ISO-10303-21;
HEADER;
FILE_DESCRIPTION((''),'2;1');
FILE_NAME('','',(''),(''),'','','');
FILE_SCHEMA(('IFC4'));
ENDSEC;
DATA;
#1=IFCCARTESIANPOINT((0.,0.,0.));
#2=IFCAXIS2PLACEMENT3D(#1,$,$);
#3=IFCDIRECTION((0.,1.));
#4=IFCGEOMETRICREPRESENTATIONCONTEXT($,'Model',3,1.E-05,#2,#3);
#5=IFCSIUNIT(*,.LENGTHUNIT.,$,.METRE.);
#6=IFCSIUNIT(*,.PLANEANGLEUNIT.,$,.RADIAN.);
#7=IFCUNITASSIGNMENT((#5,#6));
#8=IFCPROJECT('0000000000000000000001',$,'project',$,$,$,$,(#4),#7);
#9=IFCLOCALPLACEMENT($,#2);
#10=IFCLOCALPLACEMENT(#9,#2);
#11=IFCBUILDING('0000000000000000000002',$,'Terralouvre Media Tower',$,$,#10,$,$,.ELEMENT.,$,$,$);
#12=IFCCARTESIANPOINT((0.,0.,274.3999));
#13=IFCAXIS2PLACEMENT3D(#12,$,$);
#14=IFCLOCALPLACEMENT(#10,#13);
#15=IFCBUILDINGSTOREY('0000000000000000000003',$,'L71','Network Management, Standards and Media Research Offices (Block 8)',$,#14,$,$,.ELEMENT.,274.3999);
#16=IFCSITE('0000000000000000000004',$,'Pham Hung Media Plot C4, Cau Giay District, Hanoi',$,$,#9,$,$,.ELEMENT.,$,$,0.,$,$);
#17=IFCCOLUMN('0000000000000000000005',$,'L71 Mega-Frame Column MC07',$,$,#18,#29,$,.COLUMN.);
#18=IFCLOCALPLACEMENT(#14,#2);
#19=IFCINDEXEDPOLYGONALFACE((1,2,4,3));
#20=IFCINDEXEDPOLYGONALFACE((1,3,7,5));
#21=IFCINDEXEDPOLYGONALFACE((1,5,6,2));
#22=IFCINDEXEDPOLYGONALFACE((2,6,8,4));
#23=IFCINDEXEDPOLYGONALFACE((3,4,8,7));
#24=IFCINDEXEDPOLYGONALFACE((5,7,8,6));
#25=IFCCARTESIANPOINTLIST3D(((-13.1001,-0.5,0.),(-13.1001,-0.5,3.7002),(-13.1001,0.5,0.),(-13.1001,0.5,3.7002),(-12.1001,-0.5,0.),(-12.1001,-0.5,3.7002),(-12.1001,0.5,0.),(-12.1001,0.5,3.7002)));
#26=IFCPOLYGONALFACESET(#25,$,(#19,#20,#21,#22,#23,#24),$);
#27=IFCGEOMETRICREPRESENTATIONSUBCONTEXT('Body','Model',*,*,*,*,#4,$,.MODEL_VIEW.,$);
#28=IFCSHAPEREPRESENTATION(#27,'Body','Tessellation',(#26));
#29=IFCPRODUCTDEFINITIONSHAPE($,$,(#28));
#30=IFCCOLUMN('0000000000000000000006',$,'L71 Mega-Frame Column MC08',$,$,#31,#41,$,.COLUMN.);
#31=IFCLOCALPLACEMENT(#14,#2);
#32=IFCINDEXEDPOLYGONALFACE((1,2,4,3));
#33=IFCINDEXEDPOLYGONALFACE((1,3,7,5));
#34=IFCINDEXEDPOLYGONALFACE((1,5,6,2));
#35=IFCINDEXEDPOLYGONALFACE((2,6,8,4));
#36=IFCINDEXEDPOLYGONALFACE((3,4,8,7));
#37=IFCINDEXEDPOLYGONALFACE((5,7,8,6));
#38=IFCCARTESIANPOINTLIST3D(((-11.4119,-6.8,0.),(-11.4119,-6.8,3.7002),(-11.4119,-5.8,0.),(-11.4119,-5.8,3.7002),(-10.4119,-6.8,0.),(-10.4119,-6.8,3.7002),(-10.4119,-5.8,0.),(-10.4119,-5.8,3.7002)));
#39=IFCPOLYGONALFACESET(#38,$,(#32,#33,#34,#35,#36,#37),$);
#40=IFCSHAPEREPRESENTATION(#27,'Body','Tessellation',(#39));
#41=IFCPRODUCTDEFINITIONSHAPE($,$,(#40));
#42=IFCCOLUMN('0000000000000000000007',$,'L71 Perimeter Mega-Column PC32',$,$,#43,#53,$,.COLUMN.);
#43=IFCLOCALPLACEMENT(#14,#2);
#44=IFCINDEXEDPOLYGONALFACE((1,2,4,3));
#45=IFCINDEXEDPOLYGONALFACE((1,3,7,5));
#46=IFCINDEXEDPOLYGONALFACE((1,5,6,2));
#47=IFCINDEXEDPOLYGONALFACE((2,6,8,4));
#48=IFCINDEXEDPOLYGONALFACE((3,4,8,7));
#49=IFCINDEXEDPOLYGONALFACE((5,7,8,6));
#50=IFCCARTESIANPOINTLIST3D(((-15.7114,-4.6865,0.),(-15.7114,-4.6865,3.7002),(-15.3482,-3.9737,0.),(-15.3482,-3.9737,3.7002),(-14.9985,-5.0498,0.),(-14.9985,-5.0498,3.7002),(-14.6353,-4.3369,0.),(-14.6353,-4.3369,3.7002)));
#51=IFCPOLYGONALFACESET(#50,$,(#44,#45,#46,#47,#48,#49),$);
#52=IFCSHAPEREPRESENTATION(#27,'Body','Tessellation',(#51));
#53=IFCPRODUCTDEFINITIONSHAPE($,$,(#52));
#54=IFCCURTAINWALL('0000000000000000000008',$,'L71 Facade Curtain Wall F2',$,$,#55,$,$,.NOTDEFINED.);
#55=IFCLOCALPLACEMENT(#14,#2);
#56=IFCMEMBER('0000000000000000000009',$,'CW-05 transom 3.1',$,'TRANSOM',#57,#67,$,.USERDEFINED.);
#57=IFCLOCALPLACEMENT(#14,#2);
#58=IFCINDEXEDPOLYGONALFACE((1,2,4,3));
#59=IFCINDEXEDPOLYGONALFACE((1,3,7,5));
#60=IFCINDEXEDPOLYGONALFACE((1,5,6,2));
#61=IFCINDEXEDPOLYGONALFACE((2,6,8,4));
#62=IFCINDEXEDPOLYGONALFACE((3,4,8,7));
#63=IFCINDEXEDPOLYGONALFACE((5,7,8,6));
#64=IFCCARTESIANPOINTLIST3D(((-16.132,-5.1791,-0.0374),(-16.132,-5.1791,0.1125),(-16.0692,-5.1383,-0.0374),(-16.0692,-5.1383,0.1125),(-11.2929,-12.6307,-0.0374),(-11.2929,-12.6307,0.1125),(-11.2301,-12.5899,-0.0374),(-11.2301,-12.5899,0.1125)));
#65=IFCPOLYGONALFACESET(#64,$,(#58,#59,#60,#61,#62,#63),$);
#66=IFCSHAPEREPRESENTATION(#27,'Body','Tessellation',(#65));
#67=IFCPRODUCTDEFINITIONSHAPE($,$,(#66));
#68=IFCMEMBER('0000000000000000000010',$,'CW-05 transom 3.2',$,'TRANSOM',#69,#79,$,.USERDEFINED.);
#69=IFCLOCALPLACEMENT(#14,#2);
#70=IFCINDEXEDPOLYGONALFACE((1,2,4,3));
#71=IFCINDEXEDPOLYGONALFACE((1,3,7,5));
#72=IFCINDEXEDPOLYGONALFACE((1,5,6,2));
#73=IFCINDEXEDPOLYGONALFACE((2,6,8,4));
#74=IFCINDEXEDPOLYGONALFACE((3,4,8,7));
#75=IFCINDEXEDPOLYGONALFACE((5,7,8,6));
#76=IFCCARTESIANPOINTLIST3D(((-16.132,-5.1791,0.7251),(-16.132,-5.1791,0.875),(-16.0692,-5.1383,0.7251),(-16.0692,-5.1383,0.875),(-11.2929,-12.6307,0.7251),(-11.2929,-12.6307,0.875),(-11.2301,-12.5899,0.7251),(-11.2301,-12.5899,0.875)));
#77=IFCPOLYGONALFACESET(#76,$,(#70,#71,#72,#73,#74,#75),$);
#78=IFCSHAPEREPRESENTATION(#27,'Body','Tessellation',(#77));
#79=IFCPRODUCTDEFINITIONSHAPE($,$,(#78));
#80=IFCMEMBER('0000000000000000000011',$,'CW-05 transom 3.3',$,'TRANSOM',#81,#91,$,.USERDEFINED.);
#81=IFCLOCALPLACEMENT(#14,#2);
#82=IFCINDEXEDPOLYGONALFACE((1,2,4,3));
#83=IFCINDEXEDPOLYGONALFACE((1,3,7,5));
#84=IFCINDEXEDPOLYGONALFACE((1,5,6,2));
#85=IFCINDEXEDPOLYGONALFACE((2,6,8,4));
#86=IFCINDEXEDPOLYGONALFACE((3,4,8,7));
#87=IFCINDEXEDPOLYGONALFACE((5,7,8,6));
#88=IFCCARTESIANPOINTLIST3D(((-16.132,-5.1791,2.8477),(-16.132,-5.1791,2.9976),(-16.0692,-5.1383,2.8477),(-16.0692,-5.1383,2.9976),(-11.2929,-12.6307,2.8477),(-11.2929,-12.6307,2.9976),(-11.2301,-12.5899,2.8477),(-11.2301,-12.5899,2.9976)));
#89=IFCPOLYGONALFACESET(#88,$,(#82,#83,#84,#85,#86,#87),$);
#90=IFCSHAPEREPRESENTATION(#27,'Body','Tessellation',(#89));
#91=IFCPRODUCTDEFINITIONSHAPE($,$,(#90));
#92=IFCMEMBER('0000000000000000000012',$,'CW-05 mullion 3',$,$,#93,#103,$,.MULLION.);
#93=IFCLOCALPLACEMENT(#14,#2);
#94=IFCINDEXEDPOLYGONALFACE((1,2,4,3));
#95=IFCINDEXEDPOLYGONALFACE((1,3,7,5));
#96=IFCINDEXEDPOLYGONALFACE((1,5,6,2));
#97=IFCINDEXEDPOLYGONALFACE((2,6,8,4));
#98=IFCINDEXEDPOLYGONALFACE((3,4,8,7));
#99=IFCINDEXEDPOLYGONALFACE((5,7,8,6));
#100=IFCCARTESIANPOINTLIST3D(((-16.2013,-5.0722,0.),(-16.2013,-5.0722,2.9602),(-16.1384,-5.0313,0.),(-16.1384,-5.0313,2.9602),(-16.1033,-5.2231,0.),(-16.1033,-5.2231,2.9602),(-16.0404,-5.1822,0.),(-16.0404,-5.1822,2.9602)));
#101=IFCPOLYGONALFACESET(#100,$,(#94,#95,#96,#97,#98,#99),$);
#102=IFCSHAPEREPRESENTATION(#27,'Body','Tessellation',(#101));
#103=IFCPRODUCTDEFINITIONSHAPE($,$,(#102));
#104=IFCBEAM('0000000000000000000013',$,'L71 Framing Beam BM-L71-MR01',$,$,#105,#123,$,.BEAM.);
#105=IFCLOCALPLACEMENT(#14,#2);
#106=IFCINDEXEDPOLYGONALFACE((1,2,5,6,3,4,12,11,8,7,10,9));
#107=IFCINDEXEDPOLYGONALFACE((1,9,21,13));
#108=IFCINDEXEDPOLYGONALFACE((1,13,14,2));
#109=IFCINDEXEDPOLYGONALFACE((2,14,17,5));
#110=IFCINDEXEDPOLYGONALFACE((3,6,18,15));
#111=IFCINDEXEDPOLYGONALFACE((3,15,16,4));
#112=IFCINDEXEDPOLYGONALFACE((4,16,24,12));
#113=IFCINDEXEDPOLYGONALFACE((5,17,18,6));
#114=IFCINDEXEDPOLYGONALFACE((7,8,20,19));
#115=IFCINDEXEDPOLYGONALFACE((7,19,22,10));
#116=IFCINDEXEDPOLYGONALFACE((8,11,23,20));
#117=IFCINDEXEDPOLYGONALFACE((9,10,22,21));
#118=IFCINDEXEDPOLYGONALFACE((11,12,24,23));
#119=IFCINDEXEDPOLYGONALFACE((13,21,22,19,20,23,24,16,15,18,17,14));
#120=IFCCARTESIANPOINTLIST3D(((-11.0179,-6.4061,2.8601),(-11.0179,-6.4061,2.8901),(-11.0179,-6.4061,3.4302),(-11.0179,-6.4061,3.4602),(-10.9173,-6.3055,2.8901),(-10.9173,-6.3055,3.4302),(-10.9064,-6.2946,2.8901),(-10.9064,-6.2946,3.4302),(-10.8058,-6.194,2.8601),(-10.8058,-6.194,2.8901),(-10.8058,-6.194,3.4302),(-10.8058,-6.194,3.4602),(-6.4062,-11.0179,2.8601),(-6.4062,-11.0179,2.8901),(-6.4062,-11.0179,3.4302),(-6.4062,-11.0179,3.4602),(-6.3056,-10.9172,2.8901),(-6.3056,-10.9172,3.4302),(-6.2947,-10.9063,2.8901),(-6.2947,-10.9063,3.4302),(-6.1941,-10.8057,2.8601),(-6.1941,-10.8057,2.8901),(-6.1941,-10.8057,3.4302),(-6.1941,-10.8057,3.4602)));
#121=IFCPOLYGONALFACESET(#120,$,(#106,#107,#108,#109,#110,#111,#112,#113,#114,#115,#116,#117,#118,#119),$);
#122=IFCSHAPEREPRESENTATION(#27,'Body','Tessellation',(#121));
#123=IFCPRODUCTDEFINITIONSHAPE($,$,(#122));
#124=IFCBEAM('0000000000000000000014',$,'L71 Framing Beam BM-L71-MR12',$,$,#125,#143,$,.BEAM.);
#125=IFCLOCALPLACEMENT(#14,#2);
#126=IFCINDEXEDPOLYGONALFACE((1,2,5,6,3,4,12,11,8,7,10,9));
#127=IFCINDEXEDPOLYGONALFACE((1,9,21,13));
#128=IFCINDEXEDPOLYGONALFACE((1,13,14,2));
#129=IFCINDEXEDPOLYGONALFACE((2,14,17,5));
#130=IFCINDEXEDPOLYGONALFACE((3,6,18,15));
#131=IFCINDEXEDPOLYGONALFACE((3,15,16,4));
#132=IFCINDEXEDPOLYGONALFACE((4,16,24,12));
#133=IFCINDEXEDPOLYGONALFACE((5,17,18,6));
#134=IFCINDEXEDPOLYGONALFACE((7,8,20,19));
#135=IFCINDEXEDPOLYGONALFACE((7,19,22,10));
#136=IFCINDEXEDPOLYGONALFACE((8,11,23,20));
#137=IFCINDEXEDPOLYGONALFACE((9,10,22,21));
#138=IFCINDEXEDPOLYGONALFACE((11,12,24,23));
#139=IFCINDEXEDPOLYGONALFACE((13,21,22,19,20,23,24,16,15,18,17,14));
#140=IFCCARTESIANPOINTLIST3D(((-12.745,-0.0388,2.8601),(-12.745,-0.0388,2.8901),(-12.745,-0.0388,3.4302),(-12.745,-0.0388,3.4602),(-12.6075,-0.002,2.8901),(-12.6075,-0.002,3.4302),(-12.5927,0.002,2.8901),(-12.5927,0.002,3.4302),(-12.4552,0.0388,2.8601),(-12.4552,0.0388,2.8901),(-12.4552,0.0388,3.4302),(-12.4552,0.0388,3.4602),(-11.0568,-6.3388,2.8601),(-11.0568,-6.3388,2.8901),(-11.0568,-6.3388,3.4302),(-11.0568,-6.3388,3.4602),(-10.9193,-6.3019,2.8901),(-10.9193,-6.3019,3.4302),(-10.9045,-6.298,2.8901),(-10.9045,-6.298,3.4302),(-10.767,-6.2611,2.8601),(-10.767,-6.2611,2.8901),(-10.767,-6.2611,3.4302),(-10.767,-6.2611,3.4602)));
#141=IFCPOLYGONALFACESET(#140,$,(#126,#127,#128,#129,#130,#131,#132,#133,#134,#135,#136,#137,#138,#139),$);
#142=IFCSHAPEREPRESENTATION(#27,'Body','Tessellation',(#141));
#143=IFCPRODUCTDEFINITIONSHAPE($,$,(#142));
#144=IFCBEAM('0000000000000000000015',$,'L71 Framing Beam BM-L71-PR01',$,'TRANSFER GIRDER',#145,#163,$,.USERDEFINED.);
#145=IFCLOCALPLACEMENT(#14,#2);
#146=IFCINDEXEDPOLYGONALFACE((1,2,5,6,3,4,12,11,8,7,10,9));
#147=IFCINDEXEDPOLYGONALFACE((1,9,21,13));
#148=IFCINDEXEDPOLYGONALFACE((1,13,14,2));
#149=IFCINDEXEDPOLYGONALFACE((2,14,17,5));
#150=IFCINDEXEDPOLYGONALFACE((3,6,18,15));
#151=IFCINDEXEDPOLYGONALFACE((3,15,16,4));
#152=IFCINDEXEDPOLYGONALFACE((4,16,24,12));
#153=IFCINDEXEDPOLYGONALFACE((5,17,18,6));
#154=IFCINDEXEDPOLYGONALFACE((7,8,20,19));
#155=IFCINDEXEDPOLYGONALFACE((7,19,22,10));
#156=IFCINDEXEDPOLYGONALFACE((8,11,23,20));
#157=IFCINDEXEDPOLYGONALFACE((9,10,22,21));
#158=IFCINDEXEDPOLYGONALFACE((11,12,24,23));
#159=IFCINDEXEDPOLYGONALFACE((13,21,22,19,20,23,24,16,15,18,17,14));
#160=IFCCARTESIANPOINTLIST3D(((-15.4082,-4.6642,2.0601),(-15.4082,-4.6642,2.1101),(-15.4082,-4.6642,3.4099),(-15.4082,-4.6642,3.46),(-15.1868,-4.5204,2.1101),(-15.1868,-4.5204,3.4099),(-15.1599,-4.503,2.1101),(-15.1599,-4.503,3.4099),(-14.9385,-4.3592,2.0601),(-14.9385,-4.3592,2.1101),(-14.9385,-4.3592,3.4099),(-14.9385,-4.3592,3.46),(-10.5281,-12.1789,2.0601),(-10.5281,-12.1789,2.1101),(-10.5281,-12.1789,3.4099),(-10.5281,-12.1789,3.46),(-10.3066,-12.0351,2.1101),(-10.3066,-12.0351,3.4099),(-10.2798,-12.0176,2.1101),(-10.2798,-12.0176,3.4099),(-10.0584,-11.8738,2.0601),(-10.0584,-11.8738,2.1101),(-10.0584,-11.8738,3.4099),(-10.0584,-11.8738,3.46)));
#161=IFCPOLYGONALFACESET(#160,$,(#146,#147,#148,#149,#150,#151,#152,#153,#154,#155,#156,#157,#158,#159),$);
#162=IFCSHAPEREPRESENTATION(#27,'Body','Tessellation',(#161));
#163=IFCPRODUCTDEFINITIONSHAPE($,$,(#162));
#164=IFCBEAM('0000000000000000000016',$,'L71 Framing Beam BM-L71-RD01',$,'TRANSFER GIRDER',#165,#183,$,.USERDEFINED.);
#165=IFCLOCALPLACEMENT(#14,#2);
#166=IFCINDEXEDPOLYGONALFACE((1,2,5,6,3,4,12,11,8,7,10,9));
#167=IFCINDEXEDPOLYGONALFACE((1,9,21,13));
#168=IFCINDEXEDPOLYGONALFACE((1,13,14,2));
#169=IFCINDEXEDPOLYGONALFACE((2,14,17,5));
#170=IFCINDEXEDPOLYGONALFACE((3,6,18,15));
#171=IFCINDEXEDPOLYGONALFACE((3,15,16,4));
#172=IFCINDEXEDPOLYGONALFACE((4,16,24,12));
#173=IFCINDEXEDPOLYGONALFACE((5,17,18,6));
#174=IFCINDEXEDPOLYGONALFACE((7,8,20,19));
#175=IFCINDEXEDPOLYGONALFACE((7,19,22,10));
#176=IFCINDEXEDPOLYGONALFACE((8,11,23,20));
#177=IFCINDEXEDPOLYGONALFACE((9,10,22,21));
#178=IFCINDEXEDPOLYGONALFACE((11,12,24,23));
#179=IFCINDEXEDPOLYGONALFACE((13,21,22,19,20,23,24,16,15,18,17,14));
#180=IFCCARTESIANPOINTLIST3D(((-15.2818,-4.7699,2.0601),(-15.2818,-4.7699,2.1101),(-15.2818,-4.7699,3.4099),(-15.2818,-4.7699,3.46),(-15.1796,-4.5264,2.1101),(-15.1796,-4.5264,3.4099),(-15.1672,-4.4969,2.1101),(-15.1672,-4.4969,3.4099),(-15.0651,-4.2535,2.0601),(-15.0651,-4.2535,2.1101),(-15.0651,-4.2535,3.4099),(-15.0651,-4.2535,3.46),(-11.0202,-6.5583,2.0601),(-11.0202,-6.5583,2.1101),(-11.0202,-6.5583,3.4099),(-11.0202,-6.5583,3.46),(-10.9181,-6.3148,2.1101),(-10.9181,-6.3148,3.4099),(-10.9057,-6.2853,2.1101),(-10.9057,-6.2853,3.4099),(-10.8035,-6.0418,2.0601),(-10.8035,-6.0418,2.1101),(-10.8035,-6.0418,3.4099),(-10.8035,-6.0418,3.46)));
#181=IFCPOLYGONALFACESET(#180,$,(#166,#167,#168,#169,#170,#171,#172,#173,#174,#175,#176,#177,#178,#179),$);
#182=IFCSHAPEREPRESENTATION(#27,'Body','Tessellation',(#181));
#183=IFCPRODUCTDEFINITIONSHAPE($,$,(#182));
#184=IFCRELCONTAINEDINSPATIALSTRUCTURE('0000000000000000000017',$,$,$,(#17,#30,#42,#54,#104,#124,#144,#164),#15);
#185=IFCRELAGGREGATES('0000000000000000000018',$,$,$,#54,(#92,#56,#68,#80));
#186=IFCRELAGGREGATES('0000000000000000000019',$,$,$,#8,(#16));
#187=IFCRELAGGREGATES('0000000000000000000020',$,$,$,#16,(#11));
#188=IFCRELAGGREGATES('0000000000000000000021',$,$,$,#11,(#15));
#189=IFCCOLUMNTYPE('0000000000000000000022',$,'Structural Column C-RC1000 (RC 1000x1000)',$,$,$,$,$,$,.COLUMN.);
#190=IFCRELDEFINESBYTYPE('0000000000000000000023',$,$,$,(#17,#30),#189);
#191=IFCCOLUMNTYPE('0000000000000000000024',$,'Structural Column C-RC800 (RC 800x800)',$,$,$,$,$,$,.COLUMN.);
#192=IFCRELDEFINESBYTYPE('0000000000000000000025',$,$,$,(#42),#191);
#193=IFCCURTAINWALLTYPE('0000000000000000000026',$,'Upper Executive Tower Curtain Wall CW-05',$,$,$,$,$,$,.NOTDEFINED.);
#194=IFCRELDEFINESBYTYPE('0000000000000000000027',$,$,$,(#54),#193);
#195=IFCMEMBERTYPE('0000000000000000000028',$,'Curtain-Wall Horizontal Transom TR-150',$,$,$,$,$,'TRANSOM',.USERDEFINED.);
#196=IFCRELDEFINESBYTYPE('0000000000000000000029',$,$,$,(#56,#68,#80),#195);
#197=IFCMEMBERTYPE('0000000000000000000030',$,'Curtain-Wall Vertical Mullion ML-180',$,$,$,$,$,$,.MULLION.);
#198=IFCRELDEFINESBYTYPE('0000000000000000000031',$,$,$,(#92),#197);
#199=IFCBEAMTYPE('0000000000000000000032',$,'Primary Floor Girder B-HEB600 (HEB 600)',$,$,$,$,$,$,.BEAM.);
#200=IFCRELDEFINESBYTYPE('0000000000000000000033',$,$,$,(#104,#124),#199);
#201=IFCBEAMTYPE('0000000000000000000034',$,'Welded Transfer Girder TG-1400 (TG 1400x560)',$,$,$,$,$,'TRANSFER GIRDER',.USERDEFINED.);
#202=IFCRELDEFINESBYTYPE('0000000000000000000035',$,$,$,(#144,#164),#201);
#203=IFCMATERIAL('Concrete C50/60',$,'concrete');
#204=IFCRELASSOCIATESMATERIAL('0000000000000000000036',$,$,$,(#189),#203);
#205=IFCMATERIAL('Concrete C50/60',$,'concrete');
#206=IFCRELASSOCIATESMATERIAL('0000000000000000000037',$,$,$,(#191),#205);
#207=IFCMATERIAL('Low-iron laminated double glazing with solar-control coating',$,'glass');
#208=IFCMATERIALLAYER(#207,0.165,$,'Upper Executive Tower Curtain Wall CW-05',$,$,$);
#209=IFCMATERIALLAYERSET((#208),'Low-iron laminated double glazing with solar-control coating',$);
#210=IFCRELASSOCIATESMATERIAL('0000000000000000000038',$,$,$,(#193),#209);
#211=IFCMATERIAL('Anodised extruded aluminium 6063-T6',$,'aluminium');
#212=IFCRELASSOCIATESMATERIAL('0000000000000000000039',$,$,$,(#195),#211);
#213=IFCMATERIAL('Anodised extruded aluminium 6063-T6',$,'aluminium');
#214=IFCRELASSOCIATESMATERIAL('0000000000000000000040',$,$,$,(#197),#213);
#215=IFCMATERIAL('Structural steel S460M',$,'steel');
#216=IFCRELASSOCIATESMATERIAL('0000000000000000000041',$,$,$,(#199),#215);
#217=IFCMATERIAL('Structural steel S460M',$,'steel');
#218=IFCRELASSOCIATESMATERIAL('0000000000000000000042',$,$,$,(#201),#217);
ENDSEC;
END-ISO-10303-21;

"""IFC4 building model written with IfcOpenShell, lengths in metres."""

from ifc_helpers import new_model, si_unit, direction, frame, origin, origin_2d, place, context, subcontext, project, spatial, rectangle, i_section, extrude, material, layer, layer_set, material_profile, profile_set, type_object, element, aggregate, save


model = new_model("IFC4")

# Units and contexts
model_context = context("Model", 3, precision=1e-05, world=origin(), true_north=direction((0.0, 1.0)))
body_context = subcontext(model_context, "Body", "Model", "MODEL_VIEW")
ifc_project = project(units=[si_unit("LENGTHUNIT", "METRE"), si_unit("PLANEANGLEUNIT", "RADIAN")], contexts=[model_context])

# Site, building, storey
site_placement = place(None, origin())
site = spatial("IfcSite", under=ifc_project, at=site_placement, Name="Pham Hung Media Plot C4, Cau Giay District, Hanoi", CompositionType="ELEMENT", RefElevation=0.0)
building_placement = place(site_placement, origin())
building = spatial("IfcBuilding", under=site, at=building_placement, Name="Terralouvre Media Tower", CompositionType="ELEMENT")
storey_placement = place(building_placement, frame((0.0, 0.0, 274.3999)))
storey = spatial("IfcBuildingStorey", under=building, at=storey_placement, Name="L71", Description="Network Management, Standards and Media Research Offices (Block 8)", CompositionType="ELEMENT", Elevation=274.3999)

# Columns
ifc_material_1 = material(Name="Concrete C50/60", Category="concrete")
ifc_material_profile_1 = material_profile(ifc_material_1, rectangle(XDim=1.0, YDim=1.0, at=origin_2d()), Name="RC 1000x1000")
ifc_profile_set_1 = profile_set([ifc_material_profile_1], Name="Concrete C50/60")
column_type_1 = type_object("IfcColumnType", Name="Structural Column C-RC1000 (RC 1000x1000)", PredefinedType="COLUMN", material=ifc_profile_set_1)
for number, where, z_axis, x_axis, name in (
    (1, (-12.6001, 0.0, 0.0), (0.0, 0.0, 1.0), (1.0, 0.0, 0.0), "L71 Mega-Frame Column MC07"),
    (2, (-10.9119, -6.3, 0.0), (0.0, 0.0, 1.0), (1.0, 0.0, 0.0), "L71 Mega-Frame Column MC08"),
):
    element("IfcColumn", number, at=place(storey_placement, frame(where, z_axis=z_axis, x_axis=x_axis)), inside=storey, type_object=column_type_1, Name=name, PredefinedType="COLUMN", context=body_context, shape_type="SweptSolid", body=[
        extrude(rectangle(XDim=1.0, YDim=1.0, at=origin_2d()), origin(), (0.0, 0.0, 1.0), 3.7002),
    ])
ifc_material_2 = material(Name="Concrete C50/60", Category="concrete")
ifc_material_profile_2 = material_profile(ifc_material_2, rectangle(XDim=0.8, YDim=0.8, at=origin_2d()), Name="RC 800x800")
ifc_profile_set_2 = profile_set([ifc_material_profile_2], Name="Concrete C50/60")
column_type_2 = type_object("IfcColumnType", Name="Structural Column C-RC800 (RC 800x800)", PredefinedType="COLUMN", material=ifc_profile_set_2)
column_placement = place(storey_placement, frame((-15.1733, -4.5117, 0.0), z_axis=(0.0, 0.0, 1.0), x_axis=(0.45399, 0.891007, 0.0)))
element("IfcColumn", 3, at=column_placement, inside=storey, type_object=column_type_2, Name="L71 Perimeter Mega-Column PC32", PredefinedType="COLUMN", context=body_context, shape_type="SweptSolid", body=[
    extrude(rectangle(XDim=0.8, YDim=0.8, at=origin_2d()), origin(), (0.0, 0.0, 1.0), 3.7002),
])

# Curtain wall, members
ifc_material_3 = material(Name="Low-iron laminated double glazing with solar-control coating", Category="glass")
ifc_layer_1 = layer(ifc_material_3, 0.165, Name="Upper Executive Tower Curtain Wall CW-05")
ifc_layer_set_1 = layer_set([ifc_layer_1], Name="Low-iron laminated double glazing with solar-control coating")
curtain_wall_type = type_object("IfcCurtainWallType", Name="Upper Executive Tower Curtain Wall CW-05", PredefinedType="NOTDEFINED", material=ifc_layer_set_1)
curtain_wall_placement = place(storey_placement, origin())
curtain_wall = element("IfcCurtainWall", 4, at=curtain_wall_placement, inside=storey, type_object=curtain_wall_type, Name="L71 Facade Curtain Wall F2", PredefinedType="NOTDEFINED")
ifc_material_4 = material(Name="Anodised extruded aluminium 6063-T6", Category="aluminium")
ifc_material_profile_3 = material_profile(ifc_material_4, rectangle(XDim=0.075, YDim=0.1499, at=origin_2d()), Name="ALU 75x150")
ifc_profile_set_3 = profile_set([ifc_material_profile_3], Name="Anodised extruded aluminium 6063-T6")
member_type_1 = type_object("IfcMemberType", Name="Curtain-Wall Horizontal Transom TR-150", ElementType="TRANSOM", PredefinedType="USERDEFINED", material=ifc_profile_set_3)
member_1_placement = place(storey_placement, frame((-16.1006, -5.1587, 0.0376), z_axis=(0.544635, -0.838673, 0.0), x_axis=(0.838673, 0.544635, 0.0)))
member_1 = element("IfcMember", 5, at=member_1_placement, type_object=member_type_1, Name="CW-05 transom 3.1", ObjectType="TRANSOM", PredefinedType="USERDEFINED", context=body_context, shape_type="SweptSolid", body=[
    extrude(rectangle(XDim=0.075, YDim=0.1499, at=origin_2d()), origin(), (0.0, 0.0, 1.0), 8.885),
])
member_2_placement = place(storey_placement, frame((-16.1006, -5.1587, 0.8), z_axis=(0.544635, -0.838673, 0.0), x_axis=(0.838673, 0.544635, 0.0)))
member_2 = element("IfcMember", 6, at=member_2_placement, type_object=member_type_1, Name="CW-05 transom 3.2", ObjectType="TRANSOM", PredefinedType="USERDEFINED", context=body_context, shape_type="SweptSolid", body=[
    extrude(rectangle(XDim=0.075, YDim=0.1499, at=origin_2d()), origin(), (0.0, 0.0, 1.0), 8.885),
])
member_3_placement = place(storey_placement, frame((-16.1006, -5.1587, 2.9226), z_axis=(0.544635, -0.838673, 0.0), x_axis=(0.838673, 0.544635, 0.0)))
member_3 = element("IfcMember", 7, at=member_3_placement, type_object=member_type_1, Name="CW-05 transom 3.3", ObjectType="TRANSOM", PredefinedType="USERDEFINED", context=body_context, shape_type="SweptSolid", body=[
    extrude(rectangle(XDim=0.075, YDim=0.1499, at=origin_2d()), origin(), (0.0, 0.0, 1.0), 8.885),
])
ifc_material_5 = material(Name="Anodised extruded aluminium 6063-T6", Category="aluminium")
ifc_material_profile_4 = material_profile(ifc_material_5, rectangle(XDim=0.075, YDim=0.1799, at=origin_2d()), Name="ALU 75x180")
ifc_profile_set_4 = profile_set([ifc_material_profile_4], Name="Anodised extruded aluminium 6063-T6")
member_type_2 = type_object("IfcMemberType", Name="Curtain-Wall Vertical Mullion ML-180", PredefinedType="MULLION", material=ifc_profile_set_4)
member_4_placement = place(storey_placement, frame((-16.1208, -5.1272, 0.0), z_axis=(0.0, 0.0, 1.0), x_axis=(0.838671, 0.544639, 0.0)))
member_4 = element("IfcMember", 8, at=member_4_placement, type_object=member_type_2, Name="CW-05 mullion 3", PredefinedType="MULLION", context=body_context, shape_type="SweptSolid", body=[
    extrude(rectangle(XDim=0.075, YDim=0.1799, at=origin_2d()), origin(), (0.0, 0.0, 1.0), 2.9602),
])

# Beams
ifc_material_6 = material(Name="Structural steel S460M", Category="steel")
ifc_material_profile_5 = material_profile(ifc_material_6, i_section(OverallWidth=0.3, OverallDepth=0.6001, WebThickness=0.0154, FlangeThickness=0.03, at=origin_2d()), Name="HEB 600")
ifc_profile_set_5 = profile_set([ifc_material_profile_5], Name="Structural steel S460M")
beam_type_1 = type_object("IfcBeamType", Name="Primary Floor Girder B-HEB600 (HEB 600)", PredefinedType="BEAM", material=ifc_profile_set_5)
beam_1_placement = place(storey_placement, frame((-10.9119, -6.3, 3.1602), z_axis=(0.707107, -0.707107, 0.0), x_axis=(0.707107, 0.707107, 0.0)))
element("IfcBeam", 9, at=beam_1_placement, inside=storey, type_object=beam_type_1, Name="L71 Framing Beam BM-L71-MR01", PredefinedType="BEAM", context=body_context, shape_type="SweptSolid", body=[
    extrude(i_section(OverallWidth=0.3, OverallDepth=0.6001, WebThickness=0.0154, FlangeThickness=0.03, at=origin_2d()), origin(), (0.0, 0.0, 1.0), 6.522),
])
beam_2_placement = place(storey_placement, frame((-12.6001, 0.0, 3.1602), z_axis=(0.258839, -0.96592, 0.0), x_axis=(0.96592, 0.258839, 0.0)))
element("IfcBeam", 10, at=beam_2_placement, inside=storey, type_object=beam_type_1, Name="L71 Framing Beam BM-L71-MR12", PredefinedType="BEAM", context=body_context, shape_type="SweptSolid", body=[
    extrude(i_section(OverallWidth=0.3, OverallDepth=0.6001, WebThickness=0.0154, FlangeThickness=0.03, at=origin_2d()), origin(), (0.0, 0.0, 1.0), 6.5222),
])
ifc_material_7 = material(Name="Structural steel S460M", Category="steel")
ifc_material_profile_6 = material_profile(ifc_material_7, i_section(OverallWidth=0.5601, OverallDepth=1.3999, WebThickness=0.032, FlangeThickness=0.05, at=origin_2d()), Name="TG 1400x560")
ifc_profile_set_6 = profile_set([ifc_material_profile_6], Name="Structural steel S460M")
beam_type_2 = type_object("IfcBeamType", Name="Welded Transfer Girder TG-1400 (TG 1400x560)", ElementType="TRANSFER GIRDER", PredefinedType="USERDEFINED", material=ifc_profile_set_6)
beam_3_placement = place(storey_placement, frame((-15.1733, -4.5117, 2.76), z_axis=(0.544644, -0.838668, 0.0), x_axis=(0.838668, 0.544644, 0.0)))
element("IfcBeam", 11, at=beam_3_placement, inside=storey, type_object=beam_type_2, Name="L71 Framing Beam BM-L71-PR01", ObjectType="TRANSFER GIRDER", PredefinedType="USERDEFINED", context=body_context, shape_type="SweptSolid", body=[
    extrude(i_section(OverallWidth=0.5601, OverallDepth=1.3999, WebThickness=0.032, FlangeThickness=0.05, at=origin_2d()), origin(), (0.0, 0.0, 1.0), 8.9602),
])
beam_4_placement = place(storey_placement, frame((-10.9119, -6.3, 2.76), z_axis=(-0.922097, 0.386959, 0.0), x_axis=(-0.386959, -0.922097, 0.0)))
element("IfcBeam", 12, at=beam_4_placement, inside=storey, type_object=beam_type_2, Name="L71 Framing Beam BM-L71-RD01", ObjectType="TRANSFER GIRDER", PredefinedType="USERDEFINED", context=body_context, shape_type="SweptSolid", body=[
    extrude(i_section(OverallWidth=0.5601, OverallDepth=1.3999, WebThickness=0.032, FlangeThickness=0.05, at=origin_2d()), origin(), (0.0, 0.0, 1.0), 4.6216),
])

aggregate(curtain_wall, [member_4, member_1, member_2, member_3])

save(model, "model.ifc")
